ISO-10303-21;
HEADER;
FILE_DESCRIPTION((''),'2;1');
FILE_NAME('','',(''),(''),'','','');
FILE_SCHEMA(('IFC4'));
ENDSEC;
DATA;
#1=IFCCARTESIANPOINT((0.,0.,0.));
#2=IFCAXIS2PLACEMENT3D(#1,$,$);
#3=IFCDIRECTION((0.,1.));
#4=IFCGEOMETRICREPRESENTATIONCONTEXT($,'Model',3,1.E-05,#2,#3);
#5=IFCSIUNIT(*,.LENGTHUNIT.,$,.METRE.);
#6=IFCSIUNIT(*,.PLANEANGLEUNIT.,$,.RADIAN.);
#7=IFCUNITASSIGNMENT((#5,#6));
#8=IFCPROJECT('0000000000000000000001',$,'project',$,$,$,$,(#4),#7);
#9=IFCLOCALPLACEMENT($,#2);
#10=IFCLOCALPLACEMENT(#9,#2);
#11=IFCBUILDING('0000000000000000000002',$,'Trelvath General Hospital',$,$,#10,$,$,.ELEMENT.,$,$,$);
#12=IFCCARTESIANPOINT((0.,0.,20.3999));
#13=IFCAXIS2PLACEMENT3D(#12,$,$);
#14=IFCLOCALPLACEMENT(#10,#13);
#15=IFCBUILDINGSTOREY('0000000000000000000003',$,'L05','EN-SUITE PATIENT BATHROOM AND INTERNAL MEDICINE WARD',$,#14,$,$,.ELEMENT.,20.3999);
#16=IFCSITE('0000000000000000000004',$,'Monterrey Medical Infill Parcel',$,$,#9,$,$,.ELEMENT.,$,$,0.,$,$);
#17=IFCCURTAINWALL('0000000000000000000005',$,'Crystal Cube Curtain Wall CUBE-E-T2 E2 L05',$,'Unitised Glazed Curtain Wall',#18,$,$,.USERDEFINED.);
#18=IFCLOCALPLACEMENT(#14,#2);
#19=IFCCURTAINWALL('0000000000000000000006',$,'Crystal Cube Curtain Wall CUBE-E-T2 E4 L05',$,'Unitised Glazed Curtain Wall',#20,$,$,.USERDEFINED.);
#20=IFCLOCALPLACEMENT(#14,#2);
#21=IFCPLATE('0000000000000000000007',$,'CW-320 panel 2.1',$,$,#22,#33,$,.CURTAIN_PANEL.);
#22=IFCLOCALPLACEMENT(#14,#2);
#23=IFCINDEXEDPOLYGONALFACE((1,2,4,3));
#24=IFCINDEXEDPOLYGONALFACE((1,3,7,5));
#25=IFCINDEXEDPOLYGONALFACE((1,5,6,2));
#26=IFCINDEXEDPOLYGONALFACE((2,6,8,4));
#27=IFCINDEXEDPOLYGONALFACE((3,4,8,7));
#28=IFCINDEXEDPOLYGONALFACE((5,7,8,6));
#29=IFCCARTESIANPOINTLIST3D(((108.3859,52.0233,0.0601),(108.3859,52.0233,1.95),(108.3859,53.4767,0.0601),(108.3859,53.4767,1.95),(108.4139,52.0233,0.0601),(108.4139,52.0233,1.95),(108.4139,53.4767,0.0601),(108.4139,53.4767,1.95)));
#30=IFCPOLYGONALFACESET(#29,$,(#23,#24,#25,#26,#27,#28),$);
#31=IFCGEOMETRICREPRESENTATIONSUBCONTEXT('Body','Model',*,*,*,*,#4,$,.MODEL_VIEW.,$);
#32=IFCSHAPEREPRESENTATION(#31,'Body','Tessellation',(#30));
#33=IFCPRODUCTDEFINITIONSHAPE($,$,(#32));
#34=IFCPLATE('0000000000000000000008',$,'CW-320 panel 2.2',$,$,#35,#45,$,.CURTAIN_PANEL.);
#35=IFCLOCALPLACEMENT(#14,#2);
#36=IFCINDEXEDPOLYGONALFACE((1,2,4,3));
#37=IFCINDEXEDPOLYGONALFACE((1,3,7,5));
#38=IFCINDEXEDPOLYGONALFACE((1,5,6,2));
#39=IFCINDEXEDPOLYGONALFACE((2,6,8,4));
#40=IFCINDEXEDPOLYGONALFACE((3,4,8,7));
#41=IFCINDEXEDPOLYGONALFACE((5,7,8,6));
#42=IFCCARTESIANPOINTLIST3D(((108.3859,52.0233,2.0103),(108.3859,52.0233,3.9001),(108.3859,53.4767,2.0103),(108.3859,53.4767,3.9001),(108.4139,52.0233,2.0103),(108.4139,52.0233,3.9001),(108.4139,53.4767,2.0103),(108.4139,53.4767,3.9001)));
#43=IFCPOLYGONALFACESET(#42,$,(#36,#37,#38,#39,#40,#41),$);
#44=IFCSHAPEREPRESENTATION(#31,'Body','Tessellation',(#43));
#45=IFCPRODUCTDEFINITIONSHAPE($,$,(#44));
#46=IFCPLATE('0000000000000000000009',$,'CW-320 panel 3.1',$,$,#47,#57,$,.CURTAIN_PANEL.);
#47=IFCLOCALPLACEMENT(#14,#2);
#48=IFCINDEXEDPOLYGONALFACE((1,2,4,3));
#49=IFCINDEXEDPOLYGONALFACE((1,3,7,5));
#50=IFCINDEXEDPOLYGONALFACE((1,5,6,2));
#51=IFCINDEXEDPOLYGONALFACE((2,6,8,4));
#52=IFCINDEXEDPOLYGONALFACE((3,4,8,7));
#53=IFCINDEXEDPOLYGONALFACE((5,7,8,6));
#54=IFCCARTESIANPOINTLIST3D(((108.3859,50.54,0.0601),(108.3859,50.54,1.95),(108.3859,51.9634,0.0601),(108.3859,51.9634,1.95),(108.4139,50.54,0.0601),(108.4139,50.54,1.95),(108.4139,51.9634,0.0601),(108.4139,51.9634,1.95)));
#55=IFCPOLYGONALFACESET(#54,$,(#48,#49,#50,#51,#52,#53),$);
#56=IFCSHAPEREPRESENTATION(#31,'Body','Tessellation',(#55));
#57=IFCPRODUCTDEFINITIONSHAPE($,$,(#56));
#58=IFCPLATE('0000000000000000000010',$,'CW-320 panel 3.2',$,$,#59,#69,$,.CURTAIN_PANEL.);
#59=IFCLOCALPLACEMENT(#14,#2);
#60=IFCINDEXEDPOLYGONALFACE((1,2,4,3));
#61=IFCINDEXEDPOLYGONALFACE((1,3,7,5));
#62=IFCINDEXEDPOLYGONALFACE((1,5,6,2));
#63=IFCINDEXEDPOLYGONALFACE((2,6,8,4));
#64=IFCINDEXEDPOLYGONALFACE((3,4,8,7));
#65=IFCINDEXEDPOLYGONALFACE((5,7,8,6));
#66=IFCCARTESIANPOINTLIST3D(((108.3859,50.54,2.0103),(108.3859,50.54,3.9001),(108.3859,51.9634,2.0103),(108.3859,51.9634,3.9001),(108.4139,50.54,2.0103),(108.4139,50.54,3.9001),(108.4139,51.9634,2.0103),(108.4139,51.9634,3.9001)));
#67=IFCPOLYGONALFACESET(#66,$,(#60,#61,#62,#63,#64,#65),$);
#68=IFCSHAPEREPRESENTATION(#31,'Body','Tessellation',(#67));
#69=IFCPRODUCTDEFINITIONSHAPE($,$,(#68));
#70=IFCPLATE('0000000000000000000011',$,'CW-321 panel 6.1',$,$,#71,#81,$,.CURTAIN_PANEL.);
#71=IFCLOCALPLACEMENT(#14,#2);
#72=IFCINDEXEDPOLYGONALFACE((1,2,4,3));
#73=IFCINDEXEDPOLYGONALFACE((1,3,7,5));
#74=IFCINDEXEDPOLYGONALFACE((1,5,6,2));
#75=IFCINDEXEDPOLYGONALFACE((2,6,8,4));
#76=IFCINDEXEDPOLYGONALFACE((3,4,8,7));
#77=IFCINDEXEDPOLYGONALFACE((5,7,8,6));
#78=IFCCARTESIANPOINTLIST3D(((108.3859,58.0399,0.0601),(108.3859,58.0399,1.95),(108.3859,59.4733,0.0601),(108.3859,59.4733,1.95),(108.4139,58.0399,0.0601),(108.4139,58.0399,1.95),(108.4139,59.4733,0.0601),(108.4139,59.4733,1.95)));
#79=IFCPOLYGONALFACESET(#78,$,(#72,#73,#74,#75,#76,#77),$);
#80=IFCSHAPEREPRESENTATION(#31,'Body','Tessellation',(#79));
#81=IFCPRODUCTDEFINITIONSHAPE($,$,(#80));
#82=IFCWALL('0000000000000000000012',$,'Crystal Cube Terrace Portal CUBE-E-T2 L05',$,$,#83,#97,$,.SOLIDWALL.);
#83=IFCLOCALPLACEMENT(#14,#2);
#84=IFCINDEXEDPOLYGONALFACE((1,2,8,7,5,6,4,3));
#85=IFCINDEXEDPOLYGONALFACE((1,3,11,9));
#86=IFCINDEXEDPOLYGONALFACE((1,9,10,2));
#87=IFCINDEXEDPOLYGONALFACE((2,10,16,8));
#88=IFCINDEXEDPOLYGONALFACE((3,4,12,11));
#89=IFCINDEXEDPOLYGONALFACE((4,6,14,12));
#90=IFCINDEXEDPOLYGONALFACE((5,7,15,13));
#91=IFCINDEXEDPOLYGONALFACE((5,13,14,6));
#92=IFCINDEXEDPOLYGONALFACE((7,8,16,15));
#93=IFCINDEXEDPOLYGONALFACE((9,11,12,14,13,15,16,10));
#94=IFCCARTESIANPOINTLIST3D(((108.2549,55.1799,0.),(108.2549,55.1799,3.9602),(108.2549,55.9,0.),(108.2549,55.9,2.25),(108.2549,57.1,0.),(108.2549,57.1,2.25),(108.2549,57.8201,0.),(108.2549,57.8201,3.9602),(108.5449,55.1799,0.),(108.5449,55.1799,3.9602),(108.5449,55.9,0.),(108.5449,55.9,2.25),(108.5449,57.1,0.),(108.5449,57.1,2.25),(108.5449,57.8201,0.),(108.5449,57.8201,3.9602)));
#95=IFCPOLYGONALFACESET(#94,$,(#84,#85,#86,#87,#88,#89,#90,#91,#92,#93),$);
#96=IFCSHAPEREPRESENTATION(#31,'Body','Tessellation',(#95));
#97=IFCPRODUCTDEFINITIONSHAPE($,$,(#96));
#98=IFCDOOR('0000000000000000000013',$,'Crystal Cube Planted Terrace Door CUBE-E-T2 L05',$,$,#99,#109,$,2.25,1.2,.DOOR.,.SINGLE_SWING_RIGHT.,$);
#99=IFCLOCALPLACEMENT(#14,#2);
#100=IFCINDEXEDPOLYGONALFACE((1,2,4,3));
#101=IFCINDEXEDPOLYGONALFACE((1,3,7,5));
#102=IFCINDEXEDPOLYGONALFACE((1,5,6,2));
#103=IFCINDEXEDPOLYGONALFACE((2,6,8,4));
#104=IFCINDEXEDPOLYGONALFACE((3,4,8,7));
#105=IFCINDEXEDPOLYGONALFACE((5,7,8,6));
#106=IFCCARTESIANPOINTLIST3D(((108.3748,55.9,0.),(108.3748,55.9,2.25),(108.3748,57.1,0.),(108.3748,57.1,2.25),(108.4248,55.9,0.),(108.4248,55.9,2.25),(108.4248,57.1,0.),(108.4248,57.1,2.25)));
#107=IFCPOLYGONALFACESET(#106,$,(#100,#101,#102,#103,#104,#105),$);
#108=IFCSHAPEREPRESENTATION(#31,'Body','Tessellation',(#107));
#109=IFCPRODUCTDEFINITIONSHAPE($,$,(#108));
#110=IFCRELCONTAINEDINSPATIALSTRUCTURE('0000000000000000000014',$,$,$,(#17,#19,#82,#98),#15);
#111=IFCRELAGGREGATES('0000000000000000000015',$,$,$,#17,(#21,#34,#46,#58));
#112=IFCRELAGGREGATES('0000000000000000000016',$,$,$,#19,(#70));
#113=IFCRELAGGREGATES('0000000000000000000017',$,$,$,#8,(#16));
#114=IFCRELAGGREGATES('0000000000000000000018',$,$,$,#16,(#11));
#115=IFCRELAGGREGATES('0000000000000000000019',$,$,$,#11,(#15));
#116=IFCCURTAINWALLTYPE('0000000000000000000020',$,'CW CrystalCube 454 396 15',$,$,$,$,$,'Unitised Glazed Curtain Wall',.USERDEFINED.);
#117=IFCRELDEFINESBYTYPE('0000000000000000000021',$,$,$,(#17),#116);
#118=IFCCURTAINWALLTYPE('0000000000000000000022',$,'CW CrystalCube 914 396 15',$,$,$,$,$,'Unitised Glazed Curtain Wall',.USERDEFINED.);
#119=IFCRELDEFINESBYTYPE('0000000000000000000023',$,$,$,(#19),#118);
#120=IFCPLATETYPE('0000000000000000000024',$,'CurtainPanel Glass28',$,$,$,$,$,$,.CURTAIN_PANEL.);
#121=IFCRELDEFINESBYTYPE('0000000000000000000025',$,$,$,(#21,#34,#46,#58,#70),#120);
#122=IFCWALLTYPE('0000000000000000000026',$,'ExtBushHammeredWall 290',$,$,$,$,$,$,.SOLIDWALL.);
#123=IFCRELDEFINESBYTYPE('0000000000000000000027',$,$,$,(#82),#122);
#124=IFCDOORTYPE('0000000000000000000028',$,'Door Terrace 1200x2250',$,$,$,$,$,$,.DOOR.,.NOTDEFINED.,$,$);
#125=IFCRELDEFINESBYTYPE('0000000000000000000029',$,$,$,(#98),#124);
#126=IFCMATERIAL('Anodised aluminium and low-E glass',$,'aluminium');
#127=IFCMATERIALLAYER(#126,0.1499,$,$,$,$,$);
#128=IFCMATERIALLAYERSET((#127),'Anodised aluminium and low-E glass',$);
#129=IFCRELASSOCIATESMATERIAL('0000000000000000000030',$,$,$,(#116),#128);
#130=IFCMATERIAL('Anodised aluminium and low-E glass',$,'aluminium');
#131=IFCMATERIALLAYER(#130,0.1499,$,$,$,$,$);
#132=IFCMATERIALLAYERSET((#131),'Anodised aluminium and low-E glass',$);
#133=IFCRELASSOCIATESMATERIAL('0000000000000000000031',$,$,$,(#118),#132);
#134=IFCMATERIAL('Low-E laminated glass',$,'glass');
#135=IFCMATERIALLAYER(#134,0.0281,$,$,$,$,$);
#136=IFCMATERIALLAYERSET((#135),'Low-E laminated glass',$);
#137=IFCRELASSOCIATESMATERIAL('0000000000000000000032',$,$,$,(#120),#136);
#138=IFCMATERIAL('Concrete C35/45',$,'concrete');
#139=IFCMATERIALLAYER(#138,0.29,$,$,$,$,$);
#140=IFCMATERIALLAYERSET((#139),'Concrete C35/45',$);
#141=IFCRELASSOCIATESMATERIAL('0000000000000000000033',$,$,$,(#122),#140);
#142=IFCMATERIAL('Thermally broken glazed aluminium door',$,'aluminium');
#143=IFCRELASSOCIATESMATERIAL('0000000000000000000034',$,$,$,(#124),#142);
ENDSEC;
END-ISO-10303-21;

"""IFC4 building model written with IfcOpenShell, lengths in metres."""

from ifc_helpers import new_model, si_unit, direction, frame, frame_2d, origin, origin_2d, place, context, subcontext, project, spatial, rectangle, extrude, material, layer, layer_set, type_object, element, fill, aggregate, save


model = new_model("IFC4")

# Units and contexts
model_context = context("Model", 3, precision=1e-05, world=origin(), true_north=direction((0.0, 1.0)))
body_context = subcontext(model_context, "Body", "Model", "MODEL_VIEW")
ifc_project = project(units=[si_unit("LENGTHUNIT", "METRE"), si_unit("PLANEANGLEUNIT", "RADIAN")], contexts=[model_context])

# Site, building, storey
site_placement = place(None, origin())
site = spatial("IfcSite", under=ifc_project, at=site_placement, Name="Monterrey Medical Infill Parcel", CompositionType="ELEMENT", RefElevation=0.0)
building_placement = place(site_placement, origin())
building = spatial("IfcBuilding", under=site, at=building_placement, Name="Trelvath General Hospital", CompositionType="ELEMENT")
storey_placement = place(building_placement, frame((0.0, 0.0, 20.3999)))
storey = spatial("IfcBuildingStorey", under=building, at=storey_placement, Name="L05", Description="EN-SUITE PATIENT BATHROOM AND INTERNAL MEDICINE WARD", CompositionType="ELEMENT", Elevation=20.3999)

# Curtain wall
ifc_material_1 = material(Name="Anodised aluminium and low-E glass", Category="aluminium")
ifc_layer_1 = layer(ifc_material_1, 0.1499)
ifc_layer_set_1 = layer_set([ifc_layer_1], Name="Anodised aluminium and low-E glass")
curtain_wall_type_1 = type_object("IfcCurtainWallType", Name="CW CrystalCube 454 396 15", ElementType="Unitised Glazed Curtain Wall", PredefinedType="USERDEFINED", material=ifc_layer_set_1)
curtain_wall_1_placement = place(storey_placement, origin())
curtain_wall_1 = element("IfcCurtainWall", 1, at=curtain_wall_1_placement, inside=storey, type_object=curtain_wall_type_1, Name="Crystal Cube Curtain Wall CUBE-E-T2 E2 L05", ObjectType="Unitised Glazed Curtain Wall", PredefinedType="USERDEFINED")

# Curtain wall
ifc_material_2 = material(Name="Anodised aluminium and low-E glass", Category="aluminium")
ifc_layer_2 = layer(ifc_material_2, 0.1499)
ifc_layer_set_2 = layer_set([ifc_layer_2], Name="Anodised aluminium and low-E glass")
curtain_wall_type_2 = type_object("IfcCurtainWallType", Name="CW CrystalCube 914 396 15", ElementType="Unitised Glazed Curtain Wall", PredefinedType="USERDEFINED", material=ifc_layer_set_2)
curtain_wall_2_placement = place(storey_placement, origin())
curtain_wall_2 = element("IfcCurtainWall", 2, at=curtain_wall_2_placement, inside=storey, type_object=curtain_wall_type_2, Name="Crystal Cube Curtain Wall CUBE-E-T2 E4 L05", ObjectType="Unitised Glazed Curtain Wall", PredefinedType="USERDEFINED")

# Plates
ifc_material_3 = material(Name="Low-E laminated glass", Category="glass")
ifc_layer_3 = layer(ifc_material_3, 0.0281)
ifc_layer_set_3 = layer_set([ifc_layer_3], Name="Low-E laminated glass")
plate_type = type_object("IfcPlateType", Name="CurtainPanel Glass28", PredefinedType="CURTAIN_PANEL", material=ifc_layer_set_3)
plate_1_placement = place(storey_placement, frame((108.3999, 52.75, 0.0601), z_axis=(0.0, 0.0, 1.0), x_axis=(0.0, -1.0, 0.0)))
plate_1 = element("IfcPlate", 3, at=plate_1_placement, type_object=plate_type, Name="CW-320 panel 2.1", PredefinedType="CURTAIN_PANEL", context=body_context, shape_type="SweptSolid", body=[
    extrude(rectangle(XDim=1.4534, YDim=0.0281, at=origin_2d()), origin(), (0.0, 0.0, 1.0), 1.8899),
])
plate_2_placement = place(storey_placement, frame((108.3999, 52.75, 2.0103), z_axis=(0.0, 0.0, 1.0), x_axis=(0.0, -1.0, 0.0)))
plate_2 = element("IfcPlate", 4, at=plate_2_placement, type_object=plate_type, Name="CW-320 panel 2.2", PredefinedType="CURTAIN_PANEL", context=body_context, shape_type="SweptSolid", body=[
    extrude(rectangle(XDim=1.4534, YDim=0.0281, at=origin_2d()), origin(), (0.0, 0.0, 1.0), 1.8899),
])
plate_3_placement = place(storey_placement, frame((108.3999, 51.2517, 0.0601), z_axis=(0.0, 0.0, 1.0), x_axis=(0.0, -1.0, 0.0)))
plate_3 = element("IfcPlate", 5, at=plate_3_placement, type_object=plate_type, Name="CW-320 panel 3.1", PredefinedType="CURTAIN_PANEL", context=body_context, shape_type="SweptSolid", body=[
    extrude(rectangle(XDim=1.4233, YDim=0.0281, at=origin_2d()), origin(), (0.0, 0.0, 1.0), 1.8899),
])
plate_4_placement = place(storey_placement, frame((108.3999, 51.2517, 2.0103), z_axis=(0.0, 0.0, 1.0), x_axis=(0.0, -1.0, 0.0)))
plate_4 = element("IfcPlate", 6, at=plate_4_placement, type_object=plate_type, Name="CW-320 panel 3.2", PredefinedType="CURTAIN_PANEL", context=body_context, shape_type="SweptSolid", body=[
    extrude(rectangle(XDim=1.4233, YDim=0.0281, at=origin_2d()), origin(), (0.0, 0.0, 1.0), 1.8899),
])
aggregate(curtain_wall_1, [plate_1, plate_2, plate_3, plate_4])
plate_5_placement = place(storey_placement, frame((108.3999, 58.7566, 0.0601), z_axis=(0.0, 0.0, 1.0), x_axis=(0.0, -1.0, 0.0)))
plate_5 = element("IfcPlate", 7, at=plate_5_placement, type_object=plate_type, Name="CW-321 panel 6.1", PredefinedType="CURTAIN_PANEL", context=body_context, shape_type="SweptSolid", body=[
    extrude(rectangle(XDim=1.4333, YDim=0.0281, at=origin_2d()), origin(), (0.0, 0.0, 1.0), 1.8899),
])
aggregate(curtain_wall_2, [plate_5])

# Wall, opening, door
ifc_material_4 = material(Name="Concrete C35/45", Category="concrete")
ifc_layer_4 = layer(ifc_material_4, 0.29)
ifc_layer_set_4 = layer_set([ifc_layer_4], Name="Concrete C35/45")
wall_type = type_object("IfcWallType", Name="ExtBushHammeredWall 290", PredefinedType="SOLIDWALL", material=ifc_layer_set_4)
wall_placement = place(storey_placement, frame((108.3999, 57.8201, 0.0), z_axis=(0.0, 0.0, 1.0), x_axis=(0.0, -1.0, 0.0)))
wall = element("IfcWall", 8, at=wall_placement, inside=storey, type_object=wall_type, Name="Crystal Cube Terrace Portal CUBE-E-T2 L05", PredefinedType="SOLIDWALL", context=body_context, shape_type="SweptSolid", body=[
    extrude(rectangle(XDim=2.6401, YDim=0.29, at=frame_2d((1.3201, 0.0))), origin(), (0.0, 0.0, 1.0), 3.9602),
])
opening_placement = place(wall_placement, frame((0.72, 0.0, 0.0)))
opening = element("IfcOpeningElement", 9, at=opening_placement, cuts=wall, PredefinedType="OPENING", context=body_context, shape_type="SweptSolid", body=[
    extrude(rectangle(XDim=1.2, YDim=2.25, at=frame_2d((0.6001, 1.125))), frame((0.0, 0.155, 0.0), z_axis=(0.0, -1.0, 0.0), x_axis=(1.0, 0.0, 0.0)), (0.0, 0.0, 1.0), 0.3101),
])
ifc_material_5 = material(Name="Thermally broken glazed aluminium door", Category="aluminium")
door_type = type_object("IfcDoorType", Name="Door Terrace 1200x2250", OperationType="NOTDEFINED", PredefinedType="DOOR", material=ifc_material_5)
door_placement = place(opening_placement, origin())
door = element("IfcDoor", 10, at=door_placement, inside=storey, type_object=door_type, Name="Crystal Cube Planted Terrace Door CUBE-E-T2 L05", OperationType="SINGLE_SWING_RIGHT", OverallHeight=2.25, OverallWidth=1.2, PredefinedType="DOOR", context=body_context, shape_type="SweptSolid", body=[
    extrude(rectangle(XDim=1.2, YDim=2.25, at=frame_2d((0.6001, 1.125))), frame((0.0, 0.0249, 0.0), z_axis=(0.0, -1.0, 0.0), x_axis=(1.0, 0.0, 0.0)), (0.0, 0.0, 1.0), 0.05),
])
fill(opening, door)

save(model, "model.ifc")
